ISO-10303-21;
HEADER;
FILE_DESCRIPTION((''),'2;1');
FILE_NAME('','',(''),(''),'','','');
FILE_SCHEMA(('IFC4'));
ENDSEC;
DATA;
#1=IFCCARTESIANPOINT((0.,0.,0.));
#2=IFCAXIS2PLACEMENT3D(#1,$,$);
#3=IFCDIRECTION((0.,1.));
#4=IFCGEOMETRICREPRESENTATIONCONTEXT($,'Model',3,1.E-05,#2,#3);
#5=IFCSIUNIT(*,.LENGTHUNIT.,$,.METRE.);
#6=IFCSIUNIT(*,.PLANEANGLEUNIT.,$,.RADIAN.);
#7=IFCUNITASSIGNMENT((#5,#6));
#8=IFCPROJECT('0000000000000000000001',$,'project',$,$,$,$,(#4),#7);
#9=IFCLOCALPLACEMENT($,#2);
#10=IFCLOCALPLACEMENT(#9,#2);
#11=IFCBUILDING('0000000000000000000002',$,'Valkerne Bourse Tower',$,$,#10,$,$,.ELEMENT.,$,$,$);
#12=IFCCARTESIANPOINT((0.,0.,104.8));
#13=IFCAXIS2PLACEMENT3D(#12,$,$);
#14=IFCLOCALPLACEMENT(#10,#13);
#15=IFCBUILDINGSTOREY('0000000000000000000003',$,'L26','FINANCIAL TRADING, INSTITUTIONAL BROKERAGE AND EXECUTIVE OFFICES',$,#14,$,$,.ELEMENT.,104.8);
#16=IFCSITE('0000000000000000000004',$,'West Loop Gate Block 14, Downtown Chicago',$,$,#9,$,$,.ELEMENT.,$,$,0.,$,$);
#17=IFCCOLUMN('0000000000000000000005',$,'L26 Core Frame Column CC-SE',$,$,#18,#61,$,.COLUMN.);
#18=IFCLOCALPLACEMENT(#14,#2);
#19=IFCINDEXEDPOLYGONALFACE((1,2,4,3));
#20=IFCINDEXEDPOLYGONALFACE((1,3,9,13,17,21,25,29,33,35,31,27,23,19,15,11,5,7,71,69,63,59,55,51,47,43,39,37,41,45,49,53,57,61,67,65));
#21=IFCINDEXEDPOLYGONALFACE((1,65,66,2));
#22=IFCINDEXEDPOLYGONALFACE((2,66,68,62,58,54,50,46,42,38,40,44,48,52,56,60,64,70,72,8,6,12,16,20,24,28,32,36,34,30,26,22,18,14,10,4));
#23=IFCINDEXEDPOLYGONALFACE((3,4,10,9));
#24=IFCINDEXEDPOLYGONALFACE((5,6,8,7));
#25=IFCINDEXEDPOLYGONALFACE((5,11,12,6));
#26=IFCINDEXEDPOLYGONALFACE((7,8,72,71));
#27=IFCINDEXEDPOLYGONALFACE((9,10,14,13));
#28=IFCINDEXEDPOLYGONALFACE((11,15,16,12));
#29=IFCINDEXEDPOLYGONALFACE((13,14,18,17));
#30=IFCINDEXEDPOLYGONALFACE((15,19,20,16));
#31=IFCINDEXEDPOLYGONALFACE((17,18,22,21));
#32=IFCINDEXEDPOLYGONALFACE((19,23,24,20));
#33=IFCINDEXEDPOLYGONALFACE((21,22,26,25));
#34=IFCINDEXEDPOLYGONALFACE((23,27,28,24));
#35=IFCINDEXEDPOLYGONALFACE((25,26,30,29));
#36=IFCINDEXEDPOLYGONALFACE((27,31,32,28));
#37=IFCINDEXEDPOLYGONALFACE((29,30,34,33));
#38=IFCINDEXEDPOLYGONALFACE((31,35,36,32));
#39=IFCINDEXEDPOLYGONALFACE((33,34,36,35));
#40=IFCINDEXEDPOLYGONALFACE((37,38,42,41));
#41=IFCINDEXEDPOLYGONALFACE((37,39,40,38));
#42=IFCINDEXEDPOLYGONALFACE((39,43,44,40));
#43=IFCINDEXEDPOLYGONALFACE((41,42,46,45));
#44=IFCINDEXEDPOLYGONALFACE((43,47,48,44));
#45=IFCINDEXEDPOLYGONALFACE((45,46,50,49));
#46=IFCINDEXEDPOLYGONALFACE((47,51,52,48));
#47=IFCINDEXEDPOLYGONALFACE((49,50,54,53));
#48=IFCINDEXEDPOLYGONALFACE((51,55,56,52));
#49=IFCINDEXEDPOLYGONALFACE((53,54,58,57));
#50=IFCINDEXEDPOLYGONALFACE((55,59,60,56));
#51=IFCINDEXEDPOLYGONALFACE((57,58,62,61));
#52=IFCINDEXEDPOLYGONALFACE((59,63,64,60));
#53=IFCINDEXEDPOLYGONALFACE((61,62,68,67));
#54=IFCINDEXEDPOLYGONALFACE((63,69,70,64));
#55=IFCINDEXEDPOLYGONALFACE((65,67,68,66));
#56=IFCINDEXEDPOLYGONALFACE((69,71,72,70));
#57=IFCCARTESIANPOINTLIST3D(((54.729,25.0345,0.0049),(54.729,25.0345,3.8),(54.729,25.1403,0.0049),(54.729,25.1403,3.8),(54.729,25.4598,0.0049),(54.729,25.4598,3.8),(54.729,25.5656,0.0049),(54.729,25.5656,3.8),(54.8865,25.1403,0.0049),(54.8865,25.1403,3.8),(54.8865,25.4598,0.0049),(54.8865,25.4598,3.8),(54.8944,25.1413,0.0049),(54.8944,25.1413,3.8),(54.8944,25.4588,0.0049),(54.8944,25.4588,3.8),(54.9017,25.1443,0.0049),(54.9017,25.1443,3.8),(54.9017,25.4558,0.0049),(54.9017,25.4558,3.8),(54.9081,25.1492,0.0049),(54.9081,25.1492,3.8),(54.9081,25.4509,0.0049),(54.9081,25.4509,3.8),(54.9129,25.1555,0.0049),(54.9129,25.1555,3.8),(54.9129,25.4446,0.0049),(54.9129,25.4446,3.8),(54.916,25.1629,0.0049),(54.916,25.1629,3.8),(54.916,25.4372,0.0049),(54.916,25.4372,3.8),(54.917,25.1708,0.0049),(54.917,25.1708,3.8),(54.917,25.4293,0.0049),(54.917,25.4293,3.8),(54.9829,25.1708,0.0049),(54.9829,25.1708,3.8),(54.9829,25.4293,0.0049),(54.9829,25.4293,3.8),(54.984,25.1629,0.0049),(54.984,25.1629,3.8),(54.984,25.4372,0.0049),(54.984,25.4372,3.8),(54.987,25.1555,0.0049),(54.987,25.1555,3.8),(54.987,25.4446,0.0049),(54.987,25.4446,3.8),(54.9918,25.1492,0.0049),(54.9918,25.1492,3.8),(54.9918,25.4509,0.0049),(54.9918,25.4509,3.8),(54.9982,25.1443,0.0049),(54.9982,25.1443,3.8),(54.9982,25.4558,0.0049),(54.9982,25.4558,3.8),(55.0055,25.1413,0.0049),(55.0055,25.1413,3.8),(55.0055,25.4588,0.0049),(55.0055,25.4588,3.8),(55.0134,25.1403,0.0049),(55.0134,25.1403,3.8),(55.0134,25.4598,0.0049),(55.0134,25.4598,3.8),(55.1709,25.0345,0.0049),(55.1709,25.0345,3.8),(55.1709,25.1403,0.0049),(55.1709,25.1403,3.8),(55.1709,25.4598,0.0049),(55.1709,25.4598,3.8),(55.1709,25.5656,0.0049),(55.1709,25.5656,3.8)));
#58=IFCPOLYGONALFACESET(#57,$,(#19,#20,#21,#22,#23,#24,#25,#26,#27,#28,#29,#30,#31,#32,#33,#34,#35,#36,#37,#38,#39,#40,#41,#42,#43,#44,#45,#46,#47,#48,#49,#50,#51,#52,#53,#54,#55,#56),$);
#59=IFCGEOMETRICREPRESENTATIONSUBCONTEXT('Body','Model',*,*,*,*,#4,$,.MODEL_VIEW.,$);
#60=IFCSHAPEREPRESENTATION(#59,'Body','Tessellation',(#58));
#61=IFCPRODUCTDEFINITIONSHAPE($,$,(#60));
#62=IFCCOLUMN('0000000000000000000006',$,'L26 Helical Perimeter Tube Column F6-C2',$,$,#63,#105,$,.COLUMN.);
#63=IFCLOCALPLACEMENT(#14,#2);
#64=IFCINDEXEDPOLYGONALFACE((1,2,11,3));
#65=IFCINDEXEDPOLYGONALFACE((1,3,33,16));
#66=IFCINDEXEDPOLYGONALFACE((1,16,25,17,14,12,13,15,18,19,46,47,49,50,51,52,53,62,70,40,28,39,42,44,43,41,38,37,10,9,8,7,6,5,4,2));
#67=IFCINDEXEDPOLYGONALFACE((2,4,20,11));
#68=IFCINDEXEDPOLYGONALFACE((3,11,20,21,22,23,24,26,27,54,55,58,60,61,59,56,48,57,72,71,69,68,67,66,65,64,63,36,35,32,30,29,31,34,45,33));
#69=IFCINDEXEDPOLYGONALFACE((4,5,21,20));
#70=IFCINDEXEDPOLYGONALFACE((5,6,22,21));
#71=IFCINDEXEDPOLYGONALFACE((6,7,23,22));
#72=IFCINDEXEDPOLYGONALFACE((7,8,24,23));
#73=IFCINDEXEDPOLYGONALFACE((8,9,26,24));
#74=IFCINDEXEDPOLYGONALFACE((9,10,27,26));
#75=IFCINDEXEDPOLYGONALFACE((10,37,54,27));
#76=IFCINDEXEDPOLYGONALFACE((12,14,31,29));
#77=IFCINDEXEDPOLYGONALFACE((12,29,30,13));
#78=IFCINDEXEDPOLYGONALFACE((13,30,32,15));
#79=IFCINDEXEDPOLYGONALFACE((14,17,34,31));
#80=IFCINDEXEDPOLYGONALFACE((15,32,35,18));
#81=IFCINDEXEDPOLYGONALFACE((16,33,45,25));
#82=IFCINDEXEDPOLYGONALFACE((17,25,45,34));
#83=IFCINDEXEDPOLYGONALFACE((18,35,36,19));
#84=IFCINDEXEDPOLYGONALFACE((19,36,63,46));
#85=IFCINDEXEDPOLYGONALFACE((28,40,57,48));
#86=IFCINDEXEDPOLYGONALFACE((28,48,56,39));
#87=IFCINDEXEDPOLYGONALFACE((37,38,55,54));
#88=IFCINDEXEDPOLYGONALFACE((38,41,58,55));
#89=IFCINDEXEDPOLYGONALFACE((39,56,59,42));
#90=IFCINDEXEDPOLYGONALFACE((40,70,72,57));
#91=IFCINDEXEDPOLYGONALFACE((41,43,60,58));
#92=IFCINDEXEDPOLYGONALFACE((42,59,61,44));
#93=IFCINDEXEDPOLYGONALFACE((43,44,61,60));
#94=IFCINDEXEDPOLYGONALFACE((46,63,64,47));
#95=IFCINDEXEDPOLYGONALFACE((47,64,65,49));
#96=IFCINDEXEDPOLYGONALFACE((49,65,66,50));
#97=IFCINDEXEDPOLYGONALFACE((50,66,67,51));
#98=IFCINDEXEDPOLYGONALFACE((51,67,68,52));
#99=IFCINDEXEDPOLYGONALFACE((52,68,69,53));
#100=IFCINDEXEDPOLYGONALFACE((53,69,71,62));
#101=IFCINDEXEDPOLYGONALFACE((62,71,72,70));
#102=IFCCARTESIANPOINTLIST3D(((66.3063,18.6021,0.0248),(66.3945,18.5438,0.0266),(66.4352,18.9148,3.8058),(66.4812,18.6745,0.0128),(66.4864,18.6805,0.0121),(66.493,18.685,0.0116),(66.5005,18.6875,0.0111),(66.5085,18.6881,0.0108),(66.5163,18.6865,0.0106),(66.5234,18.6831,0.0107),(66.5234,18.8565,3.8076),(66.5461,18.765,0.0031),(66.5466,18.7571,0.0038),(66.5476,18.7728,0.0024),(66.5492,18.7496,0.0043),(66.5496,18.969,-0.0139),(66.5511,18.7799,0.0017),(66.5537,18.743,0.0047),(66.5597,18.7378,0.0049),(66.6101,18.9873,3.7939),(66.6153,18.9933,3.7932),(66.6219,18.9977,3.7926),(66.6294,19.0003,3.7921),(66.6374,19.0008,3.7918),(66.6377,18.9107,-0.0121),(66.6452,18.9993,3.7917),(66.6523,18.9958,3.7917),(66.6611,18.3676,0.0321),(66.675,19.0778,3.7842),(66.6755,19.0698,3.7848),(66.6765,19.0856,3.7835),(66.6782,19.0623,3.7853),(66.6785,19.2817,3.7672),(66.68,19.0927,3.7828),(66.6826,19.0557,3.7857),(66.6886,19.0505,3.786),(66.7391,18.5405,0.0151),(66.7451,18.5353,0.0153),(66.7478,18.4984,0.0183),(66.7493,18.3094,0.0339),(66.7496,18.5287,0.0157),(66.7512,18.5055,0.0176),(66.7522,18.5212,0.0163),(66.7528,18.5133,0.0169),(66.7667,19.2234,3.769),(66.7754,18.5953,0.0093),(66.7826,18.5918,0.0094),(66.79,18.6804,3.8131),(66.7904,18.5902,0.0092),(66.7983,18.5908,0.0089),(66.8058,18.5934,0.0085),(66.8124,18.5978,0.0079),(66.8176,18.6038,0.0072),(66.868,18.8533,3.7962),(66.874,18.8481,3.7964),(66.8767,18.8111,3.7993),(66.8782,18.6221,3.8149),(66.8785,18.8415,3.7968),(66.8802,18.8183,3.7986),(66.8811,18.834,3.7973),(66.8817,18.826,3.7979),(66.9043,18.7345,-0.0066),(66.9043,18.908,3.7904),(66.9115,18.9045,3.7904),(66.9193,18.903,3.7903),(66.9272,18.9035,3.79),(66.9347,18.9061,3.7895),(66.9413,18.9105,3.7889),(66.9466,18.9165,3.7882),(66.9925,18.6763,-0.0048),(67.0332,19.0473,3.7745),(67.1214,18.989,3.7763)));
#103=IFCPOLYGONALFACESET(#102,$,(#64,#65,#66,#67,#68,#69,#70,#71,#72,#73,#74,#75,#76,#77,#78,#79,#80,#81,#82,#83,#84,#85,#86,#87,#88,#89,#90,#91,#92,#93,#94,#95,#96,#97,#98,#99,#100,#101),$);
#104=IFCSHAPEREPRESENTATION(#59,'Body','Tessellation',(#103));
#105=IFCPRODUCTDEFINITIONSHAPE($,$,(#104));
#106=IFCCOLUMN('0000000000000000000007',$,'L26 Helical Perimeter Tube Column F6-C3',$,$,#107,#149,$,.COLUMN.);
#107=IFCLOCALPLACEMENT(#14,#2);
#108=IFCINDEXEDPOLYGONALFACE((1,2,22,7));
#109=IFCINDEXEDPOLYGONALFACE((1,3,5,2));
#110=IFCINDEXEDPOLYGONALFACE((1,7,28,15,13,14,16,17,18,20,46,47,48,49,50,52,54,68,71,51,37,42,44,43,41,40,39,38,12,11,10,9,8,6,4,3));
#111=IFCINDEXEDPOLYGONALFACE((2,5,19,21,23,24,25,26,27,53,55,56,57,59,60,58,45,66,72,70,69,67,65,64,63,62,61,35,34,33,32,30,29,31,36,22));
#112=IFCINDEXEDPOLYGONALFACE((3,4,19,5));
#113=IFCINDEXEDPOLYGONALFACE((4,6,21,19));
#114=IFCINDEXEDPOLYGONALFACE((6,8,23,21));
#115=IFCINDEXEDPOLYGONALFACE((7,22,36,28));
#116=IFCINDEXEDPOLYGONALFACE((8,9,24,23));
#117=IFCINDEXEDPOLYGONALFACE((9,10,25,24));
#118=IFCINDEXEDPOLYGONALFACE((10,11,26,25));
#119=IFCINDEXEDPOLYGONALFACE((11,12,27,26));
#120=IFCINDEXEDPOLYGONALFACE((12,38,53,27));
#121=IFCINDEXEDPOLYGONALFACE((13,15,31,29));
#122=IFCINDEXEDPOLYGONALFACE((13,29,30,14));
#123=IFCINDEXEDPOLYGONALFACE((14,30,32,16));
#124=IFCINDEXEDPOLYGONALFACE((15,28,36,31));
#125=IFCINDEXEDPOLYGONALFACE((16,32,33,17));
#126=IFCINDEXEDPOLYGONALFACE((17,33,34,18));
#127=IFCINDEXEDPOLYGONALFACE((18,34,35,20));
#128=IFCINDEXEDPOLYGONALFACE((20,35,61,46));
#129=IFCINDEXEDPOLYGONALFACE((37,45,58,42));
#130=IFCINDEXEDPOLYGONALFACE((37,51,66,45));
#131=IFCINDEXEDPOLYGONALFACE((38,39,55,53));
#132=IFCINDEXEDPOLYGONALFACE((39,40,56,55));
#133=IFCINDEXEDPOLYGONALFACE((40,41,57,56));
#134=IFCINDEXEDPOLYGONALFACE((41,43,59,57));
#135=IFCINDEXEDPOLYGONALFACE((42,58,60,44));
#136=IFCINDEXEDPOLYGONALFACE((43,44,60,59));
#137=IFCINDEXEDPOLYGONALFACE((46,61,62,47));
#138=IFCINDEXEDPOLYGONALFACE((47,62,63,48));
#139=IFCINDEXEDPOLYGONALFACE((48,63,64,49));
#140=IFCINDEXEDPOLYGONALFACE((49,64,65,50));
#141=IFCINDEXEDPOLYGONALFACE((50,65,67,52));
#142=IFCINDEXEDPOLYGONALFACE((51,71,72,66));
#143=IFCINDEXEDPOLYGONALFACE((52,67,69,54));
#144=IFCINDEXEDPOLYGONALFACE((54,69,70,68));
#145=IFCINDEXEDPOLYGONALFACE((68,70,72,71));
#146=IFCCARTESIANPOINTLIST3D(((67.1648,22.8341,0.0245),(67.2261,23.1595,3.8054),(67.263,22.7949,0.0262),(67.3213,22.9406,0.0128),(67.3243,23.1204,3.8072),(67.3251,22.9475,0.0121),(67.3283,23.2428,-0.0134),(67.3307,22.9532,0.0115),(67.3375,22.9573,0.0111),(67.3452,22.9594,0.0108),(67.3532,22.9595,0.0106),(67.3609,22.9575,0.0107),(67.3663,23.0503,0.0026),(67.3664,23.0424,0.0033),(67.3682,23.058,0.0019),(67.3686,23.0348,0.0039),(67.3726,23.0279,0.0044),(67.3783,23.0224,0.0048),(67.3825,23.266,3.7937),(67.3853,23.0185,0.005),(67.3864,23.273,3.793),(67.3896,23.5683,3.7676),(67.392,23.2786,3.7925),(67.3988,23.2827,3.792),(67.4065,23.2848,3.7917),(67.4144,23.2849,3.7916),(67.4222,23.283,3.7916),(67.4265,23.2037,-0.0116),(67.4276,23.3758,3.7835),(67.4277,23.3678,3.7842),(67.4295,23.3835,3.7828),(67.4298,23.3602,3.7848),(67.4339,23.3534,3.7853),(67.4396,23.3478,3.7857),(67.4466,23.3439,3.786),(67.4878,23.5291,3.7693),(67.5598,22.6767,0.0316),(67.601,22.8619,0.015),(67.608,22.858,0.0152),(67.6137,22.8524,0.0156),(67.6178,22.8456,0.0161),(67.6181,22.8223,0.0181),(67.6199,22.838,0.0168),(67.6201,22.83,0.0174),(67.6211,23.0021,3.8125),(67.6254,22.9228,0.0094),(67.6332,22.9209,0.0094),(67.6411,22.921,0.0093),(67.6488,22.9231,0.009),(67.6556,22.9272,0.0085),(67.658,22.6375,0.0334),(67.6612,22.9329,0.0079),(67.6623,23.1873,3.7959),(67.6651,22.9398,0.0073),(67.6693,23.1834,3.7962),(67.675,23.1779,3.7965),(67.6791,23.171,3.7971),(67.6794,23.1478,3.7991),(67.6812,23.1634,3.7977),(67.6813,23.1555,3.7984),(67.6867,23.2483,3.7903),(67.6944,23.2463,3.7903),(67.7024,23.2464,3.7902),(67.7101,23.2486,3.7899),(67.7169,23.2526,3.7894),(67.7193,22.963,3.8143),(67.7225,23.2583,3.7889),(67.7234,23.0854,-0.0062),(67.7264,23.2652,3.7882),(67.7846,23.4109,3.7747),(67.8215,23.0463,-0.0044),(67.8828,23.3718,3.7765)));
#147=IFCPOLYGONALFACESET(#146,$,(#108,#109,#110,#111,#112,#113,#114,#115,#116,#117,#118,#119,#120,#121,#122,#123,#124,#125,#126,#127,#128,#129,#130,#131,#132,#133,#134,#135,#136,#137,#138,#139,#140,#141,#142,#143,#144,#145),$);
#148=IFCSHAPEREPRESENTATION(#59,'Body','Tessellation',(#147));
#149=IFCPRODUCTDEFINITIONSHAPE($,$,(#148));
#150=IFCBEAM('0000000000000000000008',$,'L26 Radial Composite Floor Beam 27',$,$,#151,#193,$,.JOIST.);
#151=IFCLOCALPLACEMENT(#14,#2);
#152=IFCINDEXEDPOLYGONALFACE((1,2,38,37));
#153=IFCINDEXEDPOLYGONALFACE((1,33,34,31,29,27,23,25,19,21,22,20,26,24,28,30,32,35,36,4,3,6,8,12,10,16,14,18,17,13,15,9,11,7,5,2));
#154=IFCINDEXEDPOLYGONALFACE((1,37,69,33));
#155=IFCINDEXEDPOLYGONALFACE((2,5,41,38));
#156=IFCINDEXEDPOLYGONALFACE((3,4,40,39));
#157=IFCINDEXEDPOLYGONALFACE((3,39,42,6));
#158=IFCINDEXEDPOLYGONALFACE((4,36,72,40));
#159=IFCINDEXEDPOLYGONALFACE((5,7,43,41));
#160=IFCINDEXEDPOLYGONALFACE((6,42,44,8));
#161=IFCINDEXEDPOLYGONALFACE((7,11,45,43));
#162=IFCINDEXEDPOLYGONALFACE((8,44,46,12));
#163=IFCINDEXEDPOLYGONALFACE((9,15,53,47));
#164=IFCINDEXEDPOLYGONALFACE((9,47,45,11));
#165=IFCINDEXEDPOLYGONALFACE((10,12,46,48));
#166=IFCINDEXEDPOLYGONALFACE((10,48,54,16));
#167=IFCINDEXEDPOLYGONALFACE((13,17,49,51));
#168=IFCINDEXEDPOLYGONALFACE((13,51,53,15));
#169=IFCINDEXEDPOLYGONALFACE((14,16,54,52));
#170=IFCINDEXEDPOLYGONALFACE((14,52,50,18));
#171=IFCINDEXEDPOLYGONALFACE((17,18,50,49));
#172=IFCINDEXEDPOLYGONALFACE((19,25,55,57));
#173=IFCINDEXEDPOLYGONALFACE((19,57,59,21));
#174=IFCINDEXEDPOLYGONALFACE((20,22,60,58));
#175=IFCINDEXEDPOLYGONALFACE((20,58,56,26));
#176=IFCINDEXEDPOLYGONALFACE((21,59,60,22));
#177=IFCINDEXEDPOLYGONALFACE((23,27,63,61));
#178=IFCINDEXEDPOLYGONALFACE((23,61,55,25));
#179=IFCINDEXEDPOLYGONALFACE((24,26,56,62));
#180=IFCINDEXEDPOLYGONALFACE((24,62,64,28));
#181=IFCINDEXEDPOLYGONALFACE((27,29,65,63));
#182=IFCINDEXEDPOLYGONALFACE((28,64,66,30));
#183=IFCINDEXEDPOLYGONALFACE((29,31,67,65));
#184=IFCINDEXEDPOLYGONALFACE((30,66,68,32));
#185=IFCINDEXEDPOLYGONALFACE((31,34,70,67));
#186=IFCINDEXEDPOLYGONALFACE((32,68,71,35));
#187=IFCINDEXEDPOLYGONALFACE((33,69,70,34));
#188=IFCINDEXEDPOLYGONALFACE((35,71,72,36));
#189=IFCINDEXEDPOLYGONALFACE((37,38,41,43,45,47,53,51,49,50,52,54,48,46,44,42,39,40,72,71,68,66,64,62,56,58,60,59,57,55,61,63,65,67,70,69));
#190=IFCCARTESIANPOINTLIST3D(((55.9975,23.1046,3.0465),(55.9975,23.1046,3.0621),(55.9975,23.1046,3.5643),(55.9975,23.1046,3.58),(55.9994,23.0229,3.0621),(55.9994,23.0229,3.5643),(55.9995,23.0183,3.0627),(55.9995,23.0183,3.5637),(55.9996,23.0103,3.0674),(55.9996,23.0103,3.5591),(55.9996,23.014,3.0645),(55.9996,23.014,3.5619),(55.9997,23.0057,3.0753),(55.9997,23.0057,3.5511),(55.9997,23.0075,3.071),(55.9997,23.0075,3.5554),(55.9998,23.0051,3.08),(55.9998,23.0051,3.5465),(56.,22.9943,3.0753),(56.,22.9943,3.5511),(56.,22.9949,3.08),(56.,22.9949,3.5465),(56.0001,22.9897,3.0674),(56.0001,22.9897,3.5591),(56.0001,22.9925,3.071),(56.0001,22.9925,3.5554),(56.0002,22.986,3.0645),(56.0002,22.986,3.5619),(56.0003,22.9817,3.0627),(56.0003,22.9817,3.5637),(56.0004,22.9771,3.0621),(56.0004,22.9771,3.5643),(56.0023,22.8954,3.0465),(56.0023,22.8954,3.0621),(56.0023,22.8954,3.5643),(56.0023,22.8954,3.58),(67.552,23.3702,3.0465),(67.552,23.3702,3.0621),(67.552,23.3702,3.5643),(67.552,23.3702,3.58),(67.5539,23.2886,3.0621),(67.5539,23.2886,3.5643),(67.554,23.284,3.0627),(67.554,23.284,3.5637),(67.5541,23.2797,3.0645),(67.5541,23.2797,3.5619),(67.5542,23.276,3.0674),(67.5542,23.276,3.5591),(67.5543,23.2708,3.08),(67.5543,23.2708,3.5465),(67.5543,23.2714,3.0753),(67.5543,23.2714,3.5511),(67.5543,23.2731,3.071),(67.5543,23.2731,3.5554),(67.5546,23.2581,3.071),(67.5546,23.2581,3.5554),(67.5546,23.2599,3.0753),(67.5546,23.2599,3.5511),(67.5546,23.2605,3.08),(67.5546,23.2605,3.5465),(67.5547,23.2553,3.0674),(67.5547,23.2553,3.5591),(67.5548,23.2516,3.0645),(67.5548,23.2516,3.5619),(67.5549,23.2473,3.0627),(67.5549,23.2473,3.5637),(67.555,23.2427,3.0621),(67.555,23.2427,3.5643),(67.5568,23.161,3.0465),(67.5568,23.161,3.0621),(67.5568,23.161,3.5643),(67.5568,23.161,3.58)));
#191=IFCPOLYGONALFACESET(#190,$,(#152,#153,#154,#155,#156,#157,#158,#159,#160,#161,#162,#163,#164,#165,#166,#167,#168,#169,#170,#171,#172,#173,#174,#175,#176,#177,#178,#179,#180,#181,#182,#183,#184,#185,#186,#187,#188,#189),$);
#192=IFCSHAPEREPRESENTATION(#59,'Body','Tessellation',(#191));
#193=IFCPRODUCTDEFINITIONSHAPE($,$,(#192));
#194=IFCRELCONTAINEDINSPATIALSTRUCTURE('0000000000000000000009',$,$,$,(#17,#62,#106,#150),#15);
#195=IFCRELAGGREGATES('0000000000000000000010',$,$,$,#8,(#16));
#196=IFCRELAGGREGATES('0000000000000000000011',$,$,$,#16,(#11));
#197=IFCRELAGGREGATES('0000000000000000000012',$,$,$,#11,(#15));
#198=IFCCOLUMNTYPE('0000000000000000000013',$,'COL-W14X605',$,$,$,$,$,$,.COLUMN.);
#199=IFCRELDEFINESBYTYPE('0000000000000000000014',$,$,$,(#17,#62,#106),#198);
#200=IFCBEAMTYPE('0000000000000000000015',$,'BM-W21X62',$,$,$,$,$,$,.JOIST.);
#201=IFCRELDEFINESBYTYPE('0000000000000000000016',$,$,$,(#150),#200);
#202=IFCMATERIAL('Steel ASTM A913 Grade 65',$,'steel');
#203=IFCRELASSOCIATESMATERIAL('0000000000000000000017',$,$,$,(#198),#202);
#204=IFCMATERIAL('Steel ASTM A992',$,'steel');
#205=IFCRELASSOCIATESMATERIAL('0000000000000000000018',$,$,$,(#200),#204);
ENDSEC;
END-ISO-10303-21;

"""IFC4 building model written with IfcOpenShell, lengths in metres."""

from ifc_helpers import new_model, si_unit, direction, frame, origin, origin_2d, place, context, subcontext, project, spatial, i_section, extrude, material, material_profile, profile_set, type_object, element, save


model = new_model("IFC4")

# Units and contexts
model_context = context("Model", 3, precision=1e-05, world=origin(), true_north=direction((0.0, 1.0)))
body_context = subcontext(model_context, "Body", "Model", "MODEL_VIEW")
ifc_project = project(units=[si_unit("LENGTHUNIT", "METRE"), si_unit("PLANEANGLEUNIT", "RADIAN")], contexts=[model_context])

# Site, building, storey
site_placement = place(None, origin())
site = spatial("IfcSite", under=ifc_project, at=site_placement, Name="West Loop Gate Block 14, Downtown Chicago", CompositionType="ELEMENT", RefElevation=0.0)
building_placement = place(site_placement, origin())
building = spatial("IfcBuilding", under=site, at=building_placement, Name="Valkerne Bourse Tower", CompositionType="ELEMENT")
storey_placement = place(building_placement, frame((0.0, 0.0, 104.8)))
storey = spatial("IfcBuildingStorey", under=building, at=storey_placement, Name="L26", Description="FINANCIAL TRADING, INSTITUTIONAL BROKERAGE AND EXECUTIVE OFFICES", CompositionType="ELEMENT", Elevation=104.8)

# Columns
ifc_material_1 = material(Name="Steel ASTM A913 Grade 65", Category="steel")
ifc_material_profile_1 = material_profile(ifc_material_1, i_section(OverallWidth=0.4419, OverallDepth=0.531, WebThickness=0.0659, FlangeThickness=0.1057, FilletRadius=0.0305, at=origin_2d()), Name="W14X605")
ifc_profile_set_1 = profile_set([ifc_material_profile_1], Name="Steel ASTM A913 Grade 65")
column_type = type_object("IfcColumnType", Name="COL-W14X605", PredefinedType="COLUMN", material=ifc_profile_set_1)
column_1_placement = place(storey_placement, frame((54.95, 25.3, 0.0049), z_axis=(0.0, 0.0, 1.0), x_axis=(1.0, 0.0, 0.0)))
element("IfcColumn", 1, at=column_1_placement, inside=storey, type_object=column_type, Name="L26 Core Frame Column CC-SE", PredefinedType="COLUMN", context=body_context, shape_type="SweptSolid", body=[
    extrude(i_section(OverallWidth=0.4419, OverallDepth=0.531, WebThickness=0.0659, FlangeThickness=0.1057, FilletRadius=0.0305, at=origin_2d()), origin(), (0.0, 0.0, 1.0), 3.7952),
])
column_2_placement = place(storey_placement, frame((66.6494, 18.6392, 0.01), z_axis=(0.033957, 0.082385, 0.996022), x_axis=(-0.550455, -0.830273, 0.087442)))
element("IfcColumn", 2, at=column_2_placement, inside=storey, type_object=column_type, Name="L26 Helical Perimeter Tube Column F6-C2", PredefinedType="COLUMN", context=body_context, shape_type="SweptSolid", body=[
    extrude(i_section(OverallWidth=0.4419, OverallDepth=0.531, WebThickness=0.0659, FlangeThickness=0.1057, FilletRadius=0.0305, at=origin_2d()), origin(), (0.0, 0.0, 1.0), 3.7961),
])
column_3_placement = place(storey_placement, frame((67.4932, 22.9402, 0.01), z_axis=(0.016145, 0.085744, 0.996186), x_axis=(-0.370088, -0.925043, 0.085619)))
element("IfcColumn", 3, at=column_3_placement, inside=storey, type_object=column_type, Name="L26 Helical Perimeter Tube Column F6-C3", PredefinedType="COLUMN", context=body_context, shape_type="SweptSolid", body=[
    extrude(i_section(OverallWidth=0.4419, OverallDepth=0.531, WebThickness=0.0659, FlangeThickness=0.1057, FilletRadius=0.0305, at=origin_2d()), origin(), (0.0, 0.0, 1.0), 3.7954),
])

# Beam
ifc_material_2 = material(Name="Steel ASTM A992", Category="steel")
ifc_material_profile_2 = material_profile(ifc_material_2, i_section(OverallWidth=0.2092, OverallDepth=0.5334, WebThickness=0.0103, FlangeThickness=0.0156, FilletRadius=0.0178, at=origin_2d()), Name="W21X62")
ifc_profile_set_2 = profile_set([ifc_material_profile_2], Name="Steel ASTM A992")
beam_type_1 = type_object("IfcBeamType", Name="BM-W21X62", PredefinedType="JOIST", material=ifc_profile_set_2)
beam_1_placement = place(storey_placement, frame((67.5544, 23.2656, 3.3132), z_axis=(-0.999736, -0.022983, 0.0), x_axis=(0.022983, -0.999736, 0.0)))
element("IfcBeam", 4, at=beam_1_placement, inside=storey, type_object=beam_type_1, Name="L26 Radial Composite Floor Beam 27", PredefinedType="JOIST", context=body_context, shape_type="SweptSolid", body=[
    extrude(i_section(OverallWidth=0.2092, OverallDepth=0.5334, WebThickness=0.0103, FlangeThickness=0.0156, FilletRadius=0.0178, at=origin_2d()), origin(), (0.0, 0.0, 1.0), 11.5576),
])

save(model, "model.ifc")
